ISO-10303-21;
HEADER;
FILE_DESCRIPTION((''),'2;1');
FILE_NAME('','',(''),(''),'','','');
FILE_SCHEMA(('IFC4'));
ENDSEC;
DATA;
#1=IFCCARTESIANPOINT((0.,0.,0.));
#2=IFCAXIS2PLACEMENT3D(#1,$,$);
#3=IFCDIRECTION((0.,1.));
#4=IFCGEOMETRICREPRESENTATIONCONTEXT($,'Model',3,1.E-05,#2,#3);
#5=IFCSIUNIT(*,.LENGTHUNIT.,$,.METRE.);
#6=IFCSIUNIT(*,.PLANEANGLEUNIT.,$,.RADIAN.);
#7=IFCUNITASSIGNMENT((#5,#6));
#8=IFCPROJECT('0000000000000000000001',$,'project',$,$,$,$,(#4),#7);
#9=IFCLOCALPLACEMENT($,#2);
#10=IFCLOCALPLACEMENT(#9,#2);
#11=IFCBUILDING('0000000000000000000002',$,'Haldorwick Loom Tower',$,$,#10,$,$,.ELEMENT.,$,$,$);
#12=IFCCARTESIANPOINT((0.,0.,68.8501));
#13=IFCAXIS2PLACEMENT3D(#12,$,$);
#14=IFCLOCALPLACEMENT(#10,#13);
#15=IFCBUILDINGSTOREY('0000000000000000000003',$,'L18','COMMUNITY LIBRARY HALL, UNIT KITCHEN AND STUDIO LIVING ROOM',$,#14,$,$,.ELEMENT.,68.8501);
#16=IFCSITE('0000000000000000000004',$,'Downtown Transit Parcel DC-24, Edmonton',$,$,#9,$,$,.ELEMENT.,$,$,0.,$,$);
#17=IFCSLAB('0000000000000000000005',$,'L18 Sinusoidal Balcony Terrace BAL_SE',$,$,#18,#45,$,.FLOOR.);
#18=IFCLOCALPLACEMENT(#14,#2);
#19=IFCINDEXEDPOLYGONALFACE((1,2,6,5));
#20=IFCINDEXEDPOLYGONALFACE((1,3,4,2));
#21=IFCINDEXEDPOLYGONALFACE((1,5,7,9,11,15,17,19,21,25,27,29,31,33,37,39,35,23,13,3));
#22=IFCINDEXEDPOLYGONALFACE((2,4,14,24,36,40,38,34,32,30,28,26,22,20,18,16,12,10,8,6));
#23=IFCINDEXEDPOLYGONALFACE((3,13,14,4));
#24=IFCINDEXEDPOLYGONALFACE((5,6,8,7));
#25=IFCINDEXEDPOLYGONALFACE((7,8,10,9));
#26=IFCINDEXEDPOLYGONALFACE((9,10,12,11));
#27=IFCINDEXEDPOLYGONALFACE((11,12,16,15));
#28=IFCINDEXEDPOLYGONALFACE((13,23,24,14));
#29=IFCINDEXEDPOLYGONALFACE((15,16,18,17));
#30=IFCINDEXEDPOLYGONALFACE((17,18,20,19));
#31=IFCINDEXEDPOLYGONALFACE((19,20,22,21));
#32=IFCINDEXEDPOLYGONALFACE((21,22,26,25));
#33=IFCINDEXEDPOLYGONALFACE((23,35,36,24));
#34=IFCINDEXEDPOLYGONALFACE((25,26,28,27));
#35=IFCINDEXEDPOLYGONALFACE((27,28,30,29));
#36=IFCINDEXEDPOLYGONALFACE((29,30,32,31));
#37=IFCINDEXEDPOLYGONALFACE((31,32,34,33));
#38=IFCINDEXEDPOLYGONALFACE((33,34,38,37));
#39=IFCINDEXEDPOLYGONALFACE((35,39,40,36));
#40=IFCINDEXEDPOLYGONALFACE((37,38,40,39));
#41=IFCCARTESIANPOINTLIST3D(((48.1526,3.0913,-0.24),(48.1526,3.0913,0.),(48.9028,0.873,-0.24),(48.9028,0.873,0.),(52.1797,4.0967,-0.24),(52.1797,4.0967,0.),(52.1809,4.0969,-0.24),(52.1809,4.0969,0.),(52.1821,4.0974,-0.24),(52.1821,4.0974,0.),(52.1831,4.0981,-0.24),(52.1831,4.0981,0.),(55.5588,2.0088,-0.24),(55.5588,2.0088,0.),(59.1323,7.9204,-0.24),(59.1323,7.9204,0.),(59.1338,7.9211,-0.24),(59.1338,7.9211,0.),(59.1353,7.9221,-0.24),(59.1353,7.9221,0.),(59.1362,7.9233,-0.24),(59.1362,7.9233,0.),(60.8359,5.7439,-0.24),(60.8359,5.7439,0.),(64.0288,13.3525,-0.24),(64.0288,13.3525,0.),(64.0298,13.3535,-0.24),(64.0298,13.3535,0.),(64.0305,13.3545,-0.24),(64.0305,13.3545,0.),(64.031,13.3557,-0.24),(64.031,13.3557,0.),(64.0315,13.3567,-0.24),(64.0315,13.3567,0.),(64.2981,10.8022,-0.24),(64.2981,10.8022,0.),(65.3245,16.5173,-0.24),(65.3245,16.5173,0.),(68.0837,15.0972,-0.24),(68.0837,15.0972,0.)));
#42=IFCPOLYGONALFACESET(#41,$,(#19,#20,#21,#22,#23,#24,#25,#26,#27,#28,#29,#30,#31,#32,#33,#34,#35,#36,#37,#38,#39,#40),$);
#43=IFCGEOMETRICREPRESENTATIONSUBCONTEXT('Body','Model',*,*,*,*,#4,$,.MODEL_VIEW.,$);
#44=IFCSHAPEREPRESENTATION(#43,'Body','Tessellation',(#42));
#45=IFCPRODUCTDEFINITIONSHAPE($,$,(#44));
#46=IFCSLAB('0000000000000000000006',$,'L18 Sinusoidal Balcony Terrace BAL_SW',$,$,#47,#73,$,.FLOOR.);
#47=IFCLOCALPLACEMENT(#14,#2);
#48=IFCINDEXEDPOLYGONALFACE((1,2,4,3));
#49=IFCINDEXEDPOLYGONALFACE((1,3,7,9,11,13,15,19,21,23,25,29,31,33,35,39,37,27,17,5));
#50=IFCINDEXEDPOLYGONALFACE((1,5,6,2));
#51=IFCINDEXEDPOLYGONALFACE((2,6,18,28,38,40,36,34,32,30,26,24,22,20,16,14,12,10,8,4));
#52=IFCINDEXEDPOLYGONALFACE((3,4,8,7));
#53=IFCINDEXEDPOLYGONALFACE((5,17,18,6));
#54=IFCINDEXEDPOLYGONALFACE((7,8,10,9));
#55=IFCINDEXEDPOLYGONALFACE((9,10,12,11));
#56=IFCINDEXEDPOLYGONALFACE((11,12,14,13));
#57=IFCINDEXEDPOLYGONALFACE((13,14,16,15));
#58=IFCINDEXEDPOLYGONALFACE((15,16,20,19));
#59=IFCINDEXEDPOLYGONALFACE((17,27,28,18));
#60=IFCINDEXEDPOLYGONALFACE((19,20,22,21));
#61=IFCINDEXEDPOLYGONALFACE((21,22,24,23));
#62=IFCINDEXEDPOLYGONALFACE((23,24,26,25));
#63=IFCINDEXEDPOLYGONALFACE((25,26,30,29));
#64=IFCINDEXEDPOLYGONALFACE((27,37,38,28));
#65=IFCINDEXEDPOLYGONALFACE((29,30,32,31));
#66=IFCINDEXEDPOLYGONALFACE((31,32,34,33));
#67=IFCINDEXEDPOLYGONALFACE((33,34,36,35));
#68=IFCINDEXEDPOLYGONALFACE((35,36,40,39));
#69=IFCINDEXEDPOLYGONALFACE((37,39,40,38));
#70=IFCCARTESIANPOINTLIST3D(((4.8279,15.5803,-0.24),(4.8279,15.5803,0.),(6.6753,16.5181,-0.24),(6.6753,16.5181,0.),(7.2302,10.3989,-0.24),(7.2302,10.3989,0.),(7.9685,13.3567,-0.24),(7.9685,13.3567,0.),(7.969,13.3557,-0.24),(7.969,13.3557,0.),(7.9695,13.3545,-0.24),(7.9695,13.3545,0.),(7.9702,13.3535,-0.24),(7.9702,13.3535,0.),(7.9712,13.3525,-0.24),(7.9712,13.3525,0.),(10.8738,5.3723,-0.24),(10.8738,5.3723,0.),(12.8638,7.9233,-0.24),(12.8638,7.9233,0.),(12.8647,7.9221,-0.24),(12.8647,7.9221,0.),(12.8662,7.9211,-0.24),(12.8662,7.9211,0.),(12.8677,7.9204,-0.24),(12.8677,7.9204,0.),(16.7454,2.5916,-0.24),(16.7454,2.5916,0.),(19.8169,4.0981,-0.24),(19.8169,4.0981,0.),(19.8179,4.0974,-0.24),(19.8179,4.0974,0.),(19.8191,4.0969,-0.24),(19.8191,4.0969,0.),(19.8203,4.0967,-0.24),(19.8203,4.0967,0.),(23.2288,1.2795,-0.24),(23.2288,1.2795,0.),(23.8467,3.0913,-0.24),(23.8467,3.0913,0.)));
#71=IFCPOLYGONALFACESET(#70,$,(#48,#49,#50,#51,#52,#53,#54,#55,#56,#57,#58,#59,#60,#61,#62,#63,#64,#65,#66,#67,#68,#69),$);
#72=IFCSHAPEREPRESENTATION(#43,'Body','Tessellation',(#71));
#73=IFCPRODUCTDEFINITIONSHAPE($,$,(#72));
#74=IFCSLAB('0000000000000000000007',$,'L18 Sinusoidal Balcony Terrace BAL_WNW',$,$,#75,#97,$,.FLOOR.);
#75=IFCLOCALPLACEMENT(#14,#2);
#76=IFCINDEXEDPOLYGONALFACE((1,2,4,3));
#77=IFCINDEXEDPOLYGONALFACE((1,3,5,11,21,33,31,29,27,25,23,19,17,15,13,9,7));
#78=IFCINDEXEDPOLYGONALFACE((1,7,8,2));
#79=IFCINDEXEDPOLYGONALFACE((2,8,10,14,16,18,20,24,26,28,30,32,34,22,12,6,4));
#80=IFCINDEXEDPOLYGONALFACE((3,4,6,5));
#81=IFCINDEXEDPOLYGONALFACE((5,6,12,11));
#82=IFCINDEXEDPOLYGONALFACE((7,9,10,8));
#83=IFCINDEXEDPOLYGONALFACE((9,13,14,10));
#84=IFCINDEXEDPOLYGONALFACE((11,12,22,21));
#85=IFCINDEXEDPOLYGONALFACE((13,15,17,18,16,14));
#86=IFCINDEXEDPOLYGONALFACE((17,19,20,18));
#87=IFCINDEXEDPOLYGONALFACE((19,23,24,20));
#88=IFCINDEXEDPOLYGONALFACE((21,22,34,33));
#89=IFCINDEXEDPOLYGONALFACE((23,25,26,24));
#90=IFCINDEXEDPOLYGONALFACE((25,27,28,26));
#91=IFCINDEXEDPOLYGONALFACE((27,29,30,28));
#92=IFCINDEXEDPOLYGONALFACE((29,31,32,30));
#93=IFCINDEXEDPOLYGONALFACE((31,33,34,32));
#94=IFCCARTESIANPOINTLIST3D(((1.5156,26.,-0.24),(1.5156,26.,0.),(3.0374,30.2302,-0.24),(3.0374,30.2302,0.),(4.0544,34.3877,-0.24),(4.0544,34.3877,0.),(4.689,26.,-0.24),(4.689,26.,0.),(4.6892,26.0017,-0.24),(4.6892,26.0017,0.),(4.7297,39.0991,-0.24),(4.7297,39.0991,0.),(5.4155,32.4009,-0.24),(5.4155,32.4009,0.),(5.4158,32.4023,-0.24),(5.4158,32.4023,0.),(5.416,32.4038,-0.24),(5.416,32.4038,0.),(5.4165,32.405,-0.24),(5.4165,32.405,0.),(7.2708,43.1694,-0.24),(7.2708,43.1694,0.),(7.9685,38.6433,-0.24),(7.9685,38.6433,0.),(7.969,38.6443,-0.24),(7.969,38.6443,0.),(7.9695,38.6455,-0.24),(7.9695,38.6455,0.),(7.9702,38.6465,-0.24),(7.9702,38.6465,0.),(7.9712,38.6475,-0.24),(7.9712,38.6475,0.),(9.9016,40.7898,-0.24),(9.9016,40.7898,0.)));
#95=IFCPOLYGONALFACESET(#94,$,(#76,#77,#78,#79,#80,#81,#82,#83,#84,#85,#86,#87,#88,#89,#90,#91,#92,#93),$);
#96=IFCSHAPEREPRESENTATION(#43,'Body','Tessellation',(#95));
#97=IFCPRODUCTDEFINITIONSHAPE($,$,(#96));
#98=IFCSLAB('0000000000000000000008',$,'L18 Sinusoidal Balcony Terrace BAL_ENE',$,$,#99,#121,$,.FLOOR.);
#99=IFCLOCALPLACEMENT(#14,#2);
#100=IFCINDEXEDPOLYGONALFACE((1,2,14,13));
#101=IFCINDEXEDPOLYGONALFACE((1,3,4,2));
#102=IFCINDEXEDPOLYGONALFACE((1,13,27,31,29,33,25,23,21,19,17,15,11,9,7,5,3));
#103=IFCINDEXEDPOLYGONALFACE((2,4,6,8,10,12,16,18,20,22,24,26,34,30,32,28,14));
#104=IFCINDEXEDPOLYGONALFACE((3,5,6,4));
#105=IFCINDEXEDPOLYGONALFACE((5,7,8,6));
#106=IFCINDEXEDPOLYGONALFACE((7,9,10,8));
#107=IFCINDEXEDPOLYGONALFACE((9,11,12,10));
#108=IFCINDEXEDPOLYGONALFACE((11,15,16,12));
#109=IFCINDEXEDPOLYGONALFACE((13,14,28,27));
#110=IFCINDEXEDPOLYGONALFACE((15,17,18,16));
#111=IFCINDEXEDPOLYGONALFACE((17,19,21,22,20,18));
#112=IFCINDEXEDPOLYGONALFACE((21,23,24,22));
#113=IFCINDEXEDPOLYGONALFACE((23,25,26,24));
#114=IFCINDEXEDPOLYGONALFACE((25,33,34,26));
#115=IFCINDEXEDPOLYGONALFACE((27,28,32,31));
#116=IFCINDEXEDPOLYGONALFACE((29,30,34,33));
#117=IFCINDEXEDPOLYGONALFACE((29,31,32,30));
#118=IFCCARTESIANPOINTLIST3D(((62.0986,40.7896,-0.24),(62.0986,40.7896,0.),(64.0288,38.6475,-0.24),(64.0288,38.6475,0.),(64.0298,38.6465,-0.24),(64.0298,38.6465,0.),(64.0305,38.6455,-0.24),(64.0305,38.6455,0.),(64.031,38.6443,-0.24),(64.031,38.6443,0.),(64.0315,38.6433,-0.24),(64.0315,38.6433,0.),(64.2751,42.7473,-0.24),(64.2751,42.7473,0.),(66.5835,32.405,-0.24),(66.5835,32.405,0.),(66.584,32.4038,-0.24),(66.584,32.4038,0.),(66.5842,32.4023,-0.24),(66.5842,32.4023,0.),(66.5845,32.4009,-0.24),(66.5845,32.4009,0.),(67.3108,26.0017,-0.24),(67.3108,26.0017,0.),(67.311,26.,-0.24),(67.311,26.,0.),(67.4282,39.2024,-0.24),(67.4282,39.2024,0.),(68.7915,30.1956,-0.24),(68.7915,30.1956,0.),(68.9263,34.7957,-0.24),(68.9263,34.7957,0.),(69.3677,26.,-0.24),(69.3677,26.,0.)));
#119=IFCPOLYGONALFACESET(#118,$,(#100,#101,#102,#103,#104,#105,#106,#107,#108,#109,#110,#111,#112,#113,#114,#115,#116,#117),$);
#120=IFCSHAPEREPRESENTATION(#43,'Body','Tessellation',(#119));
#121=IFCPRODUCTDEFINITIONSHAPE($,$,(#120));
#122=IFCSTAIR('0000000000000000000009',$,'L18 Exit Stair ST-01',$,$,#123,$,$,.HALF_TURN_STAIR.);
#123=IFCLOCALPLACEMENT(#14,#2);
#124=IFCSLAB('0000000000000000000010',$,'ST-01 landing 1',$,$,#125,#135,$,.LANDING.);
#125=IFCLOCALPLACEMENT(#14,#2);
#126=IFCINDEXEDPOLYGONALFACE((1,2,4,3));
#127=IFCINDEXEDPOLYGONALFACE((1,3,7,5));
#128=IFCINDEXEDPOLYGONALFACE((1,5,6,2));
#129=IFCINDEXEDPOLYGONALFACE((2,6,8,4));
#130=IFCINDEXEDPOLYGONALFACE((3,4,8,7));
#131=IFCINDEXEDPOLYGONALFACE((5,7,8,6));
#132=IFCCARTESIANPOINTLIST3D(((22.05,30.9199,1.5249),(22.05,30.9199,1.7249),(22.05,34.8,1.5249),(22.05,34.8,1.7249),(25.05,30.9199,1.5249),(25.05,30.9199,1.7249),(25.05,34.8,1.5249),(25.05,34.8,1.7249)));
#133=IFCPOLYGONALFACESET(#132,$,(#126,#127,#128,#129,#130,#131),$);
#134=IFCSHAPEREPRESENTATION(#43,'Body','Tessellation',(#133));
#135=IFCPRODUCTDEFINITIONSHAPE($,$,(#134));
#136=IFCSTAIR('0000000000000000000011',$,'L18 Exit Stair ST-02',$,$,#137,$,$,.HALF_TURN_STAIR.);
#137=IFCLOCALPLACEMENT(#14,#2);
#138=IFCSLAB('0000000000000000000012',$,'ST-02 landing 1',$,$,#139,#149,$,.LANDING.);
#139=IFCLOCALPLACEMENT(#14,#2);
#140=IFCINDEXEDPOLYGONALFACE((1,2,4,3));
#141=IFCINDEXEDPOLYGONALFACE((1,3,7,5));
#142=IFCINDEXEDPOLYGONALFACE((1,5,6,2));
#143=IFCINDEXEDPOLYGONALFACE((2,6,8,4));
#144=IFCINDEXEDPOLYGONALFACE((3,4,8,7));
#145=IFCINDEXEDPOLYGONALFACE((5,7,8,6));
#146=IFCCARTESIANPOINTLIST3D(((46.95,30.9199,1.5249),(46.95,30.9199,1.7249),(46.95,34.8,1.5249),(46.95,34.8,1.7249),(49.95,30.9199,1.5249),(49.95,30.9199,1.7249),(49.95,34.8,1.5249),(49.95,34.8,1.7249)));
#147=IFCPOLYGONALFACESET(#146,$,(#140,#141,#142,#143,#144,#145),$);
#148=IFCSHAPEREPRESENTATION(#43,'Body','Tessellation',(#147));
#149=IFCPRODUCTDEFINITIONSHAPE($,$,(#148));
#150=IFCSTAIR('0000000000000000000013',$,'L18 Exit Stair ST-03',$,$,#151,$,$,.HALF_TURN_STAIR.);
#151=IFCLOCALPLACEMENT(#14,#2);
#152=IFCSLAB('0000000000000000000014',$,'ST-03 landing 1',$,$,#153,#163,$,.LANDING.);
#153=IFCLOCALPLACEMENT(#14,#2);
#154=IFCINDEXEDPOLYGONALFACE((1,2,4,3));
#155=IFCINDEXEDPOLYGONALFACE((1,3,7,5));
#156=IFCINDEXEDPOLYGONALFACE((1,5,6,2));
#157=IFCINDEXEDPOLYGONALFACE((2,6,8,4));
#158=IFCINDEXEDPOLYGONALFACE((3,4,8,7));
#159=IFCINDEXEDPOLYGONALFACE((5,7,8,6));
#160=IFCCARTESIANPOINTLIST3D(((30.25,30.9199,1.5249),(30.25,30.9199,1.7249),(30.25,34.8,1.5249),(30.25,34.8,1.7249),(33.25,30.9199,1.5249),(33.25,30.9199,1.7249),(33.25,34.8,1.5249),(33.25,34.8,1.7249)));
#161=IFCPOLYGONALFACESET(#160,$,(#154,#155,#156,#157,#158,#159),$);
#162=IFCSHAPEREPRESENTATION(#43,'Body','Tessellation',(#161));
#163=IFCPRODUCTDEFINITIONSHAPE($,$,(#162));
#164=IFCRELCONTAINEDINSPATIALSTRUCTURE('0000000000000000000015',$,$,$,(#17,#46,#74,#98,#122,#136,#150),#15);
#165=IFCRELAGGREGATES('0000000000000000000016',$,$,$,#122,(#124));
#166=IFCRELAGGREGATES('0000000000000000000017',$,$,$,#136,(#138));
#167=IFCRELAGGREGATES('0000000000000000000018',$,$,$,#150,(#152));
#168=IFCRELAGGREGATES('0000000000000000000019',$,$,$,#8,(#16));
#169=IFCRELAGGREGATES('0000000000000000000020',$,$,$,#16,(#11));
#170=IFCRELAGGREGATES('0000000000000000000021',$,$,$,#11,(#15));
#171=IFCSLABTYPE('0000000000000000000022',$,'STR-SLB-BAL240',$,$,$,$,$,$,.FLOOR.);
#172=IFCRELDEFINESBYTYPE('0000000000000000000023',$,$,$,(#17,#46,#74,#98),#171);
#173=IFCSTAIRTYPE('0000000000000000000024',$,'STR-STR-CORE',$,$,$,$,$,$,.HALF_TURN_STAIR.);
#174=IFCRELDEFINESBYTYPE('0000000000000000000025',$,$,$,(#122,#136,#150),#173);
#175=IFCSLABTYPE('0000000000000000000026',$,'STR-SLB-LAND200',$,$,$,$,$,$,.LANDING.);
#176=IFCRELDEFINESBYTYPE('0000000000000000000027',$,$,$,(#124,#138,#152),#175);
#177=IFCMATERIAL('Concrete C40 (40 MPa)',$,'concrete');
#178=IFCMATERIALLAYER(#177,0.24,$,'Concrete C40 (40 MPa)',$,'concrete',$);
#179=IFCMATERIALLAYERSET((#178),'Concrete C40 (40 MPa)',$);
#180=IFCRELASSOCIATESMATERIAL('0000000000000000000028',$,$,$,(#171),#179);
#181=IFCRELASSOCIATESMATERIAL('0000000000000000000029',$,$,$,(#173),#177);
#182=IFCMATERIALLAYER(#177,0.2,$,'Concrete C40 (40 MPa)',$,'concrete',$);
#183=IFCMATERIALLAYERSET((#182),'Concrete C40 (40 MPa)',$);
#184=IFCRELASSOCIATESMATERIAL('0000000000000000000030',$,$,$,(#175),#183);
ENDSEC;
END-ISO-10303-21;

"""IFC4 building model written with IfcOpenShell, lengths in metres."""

from ifc_helpers import new_model, si_unit, direction, frame, origin, place, context, subcontext, project, spatial, polyline, outline, extrude, material, layer, layer_set, type_object, element, aggregate, save


model = new_model("IFC4")

# Units and contexts
model_context = context("Model", 3, precision=1e-05, world=origin(), true_north=direction((0.0, 1.0)))
body_context = subcontext(model_context, "Body", "Model", "MODEL_VIEW")
ifc_project = project(units=[si_unit("LENGTHUNIT", "METRE"), si_unit("PLANEANGLEUNIT", "RADIAN")], contexts=[model_context])

# Site, building, storey
site_placement = place(None, origin())
site = spatial("IfcSite", under=ifc_project, at=site_placement, Name="Downtown Transit Parcel DC-24, Edmonton", CompositionType="ELEMENT", RefElevation=0.0)
building_placement = place(site_placement, origin())
building = spatial("IfcBuilding", under=site, at=building_placement, Name="Haldorwick Loom Tower", CompositionType="ELEMENT")
storey_placement = place(building_placement, frame((0.0, 0.0, 68.8501)))
storey = spatial("IfcBuildingStorey", under=building, at=storey_placement, Name="L18", Description="COMMUNITY LIBRARY HALL, UNIT KITCHEN AND STUDIO LIVING ROOM", CompositionType="ELEMENT", Elevation=68.8501)

# Slabs
ifc_material_1 = material(Name="Concrete C40 (40 MPa)", Category="concrete")
ifc_layer_1 = layer(ifc_material_1, 0.24, Name="Concrete C40 (40 MPa)", Category="concrete")
ifc_layer_set_1 = layer_set([ifc_layer_1], Name="Concrete C40 (40 MPa)")
slab_type_1 = type_object("IfcSlabType", Name="STR-SLB-BAL240", PredefinedType="FLOOR", material=ifc_layer_set_1)
slab_1_placement = place(storey_placement, frame((0.0, 0.0, -0.24)))
element("IfcSlab", 1, at=slab_1_placement, inside=storey, type_object=slab_type_1, Name="L18 Sinusoidal Balcony Terrace BAL_SE", PredefinedType="FLOOR", context=body_context, shape_type="SweptSolid", body=[
    extrude(outline(polyline([(65.3245, 16.5173), (64.0315, 13.3567), (64.031, 13.3557), (64.0305, 13.3545), (64.0298, 13.3535), (64.0288, 13.3525), (59.1362, 7.9233), (59.1353, 7.9221), (59.1338, 7.9211), (59.1323, 7.9204), (52.1831, 4.0981), (52.1821, 4.0974), (52.1809, 4.0969), (52.1797, 4.0967), (48.1526, 3.0913), (48.9028, 0.873), (55.5588, 2.0088), (60.8359, 5.7439), (64.2981, 10.8022), (68.0837, 15.0972), (65.3245, 16.5173)])), origin(), (0.0, 0.0, 1.0), 0.24),
])
slab_2_placement = place(storey_placement, frame((0.0, 0.0, -0.24)))
element("IfcSlab", 2, at=slab_2_placement, inside=storey, type_object=slab_type_1, Name="L18 Sinusoidal Balcony Terrace BAL_SW", PredefinedType="FLOOR", context=body_context, shape_type="SweptSolid", body=[
    extrude(outline(polyline([(23.8467, 3.0913), (19.8203, 4.0967), (19.8191, 4.0969), (19.8179, 4.0974), (19.8169, 4.0981), (12.8677, 7.9204), (12.8662, 7.9211), (12.8647, 7.9221), (12.8638, 7.9233), (7.9712, 13.3525), (7.9702, 13.3535), (7.9695, 13.3545), (7.969, 13.3557), (7.9685, 13.3567), (6.6753, 16.5181), (4.8279, 15.5803), (7.2302, 10.3989), (10.8738, 5.3723), (16.7454, 2.5916), (23.2288, 1.2795), (23.8467, 3.0913)])), origin(), (0.0, 0.0, 1.0), 0.24),
])
slab_3_placement = place(storey_placement, frame((0.0, 0.0, -0.24)))
element("IfcSlab", 3, at=slab_3_placement, inside=storey, type_object=slab_type_1, Name="L18 Sinusoidal Balcony Terrace BAL_WNW", PredefinedType="FLOOR", context=body_context, shape_type="SweptSolid", body=[
    extrude(outline(polyline([(4.689, 26.0), (4.6892, 26.0017), (5.4155, 32.4009), (5.4158, 32.4023), (5.416, 32.4038), (5.4165, 32.405), (7.9685, 38.6433), (7.969, 38.6443), (7.9695, 38.6455), (7.9702, 38.6465), (7.9712, 38.6475), (9.9016, 40.7898), (7.2708, 43.1694), (4.7297, 39.0991), (4.0544, 34.3877), (3.0374, 30.2302), (1.5156, 26.0), (4.689, 26.0)])), origin(), (0.0, 0.0, 1.0), 0.24),
])
slab_4_placement = place(storey_placement, frame((0.0, 0.0, -0.24)))
element("IfcSlab", 4, at=slab_4_placement, inside=storey, type_object=slab_type_1, Name="L18 Sinusoidal Balcony Terrace BAL_ENE", PredefinedType="FLOOR", context=body_context, shape_type="SweptSolid", body=[
    extrude(outline(polyline([(62.0986, 40.7896), (64.0288, 38.6475), (64.0298, 38.6465), (64.0305, 38.6455), (64.031, 38.6443), (64.0315, 38.6433), (66.5835, 32.405), (66.584, 32.4038), (66.5842, 32.4023), (66.5845, 32.4009), (67.3108, 26.0017), (67.311, 26.0), (69.3677, 26.0), (68.7915, 30.1956), (68.9263, 34.7957), (67.4282, 39.2024), (64.2751, 42.7473), (62.0986, 40.7896)])), origin(), (0.0, 0.0, 1.0), 0.24),
])

# Stairs, slabs
stair_type = type_object("IfcStairType", Name="STR-STR-CORE", PredefinedType="HALF_TURN_STAIR", material=ifc_material_1)
stair_1_placement = place(storey_placement, origin())
stair_1 = element("IfcStair", 5, at=stair_1_placement, inside=storey, type_object=stair_type, Name="L18 Exit Stair ST-01", PredefinedType="HALF_TURN_STAIR")
ifc_layer_2 = layer(ifc_material_1, 0.2, Name="Concrete C40 (40 MPa)", Category="concrete")
ifc_layer_set_2 = layer_set([ifc_layer_2], Name="Concrete C40 (40 MPa)")
slab_type_2 = type_object("IfcSlabType", Name="STR-SLB-LAND200", PredefinedType="LANDING", material=ifc_layer_set_2)
slab_5_placement = place(storey_placement, frame((0.0, 0.0, 1.5249)))
slab_5 = element("IfcSlab", 6, at=slab_5_placement, type_object=slab_type_2, Name="ST-01 landing 1", PredefinedType="LANDING", context=body_context, shape_type="SweptSolid", body=[
    extrude(outline(polyline([(25.05, 30.9199), (25.05, 34.8), (22.05, 34.8), (22.05, 30.9199), (25.05, 30.9199)])), origin(), (0.0, 0.0, 1.0), 0.2),
])
aggregate(stair_1, [slab_5])
stair_2_placement = place(storey_placement, origin())
stair_2 = element("IfcStair", 7, at=stair_2_placement, inside=storey, type_object=stair_type, Name="L18 Exit Stair ST-02", PredefinedType="HALF_TURN_STAIR")
slab_6_placement = place(storey_placement, frame((0.0, 0.0, 1.5249)))
slab_6 = element("IfcSlab", 8, at=slab_6_placement, type_object=slab_type_2, Name="ST-02 landing 1", PredefinedType="LANDING", context=body_context, shape_type="SweptSolid", body=[
    extrude(outline(polyline([(49.95, 30.9199), (49.95, 34.8), (46.95, 34.8), (46.95, 30.9199), (49.95, 30.9199)])), origin(), (0.0, 0.0, 1.0), 0.2),
])
aggregate(stair_2, [slab_6])
stair_3_placement = place(storey_placement, origin())
stair_3 = element("IfcStair", 9, at=stair_3_placement, inside=storey, type_object=stair_type, Name="L18 Exit Stair ST-03", PredefinedType="HALF_TURN_STAIR")
slab_7_placement = place(storey_placement, frame((0.0, 0.0, 1.5249)))
slab_7 = element("IfcSlab", 10, at=slab_7_placement, type_object=slab_type_2, Name="ST-03 landing 1", PredefinedType="LANDING", context=body_context, shape_type="SweptSolid", body=[
    extrude(outline(polyline([(33.25, 30.9199), (33.25, 34.8), (30.25, 34.8), (30.25, 30.9199), (33.25, 30.9199)])), origin(), (0.0, 0.0, 1.0), 0.2),
])
aggregate(stair_3, [slab_7])

save(model, "model.ifc")
